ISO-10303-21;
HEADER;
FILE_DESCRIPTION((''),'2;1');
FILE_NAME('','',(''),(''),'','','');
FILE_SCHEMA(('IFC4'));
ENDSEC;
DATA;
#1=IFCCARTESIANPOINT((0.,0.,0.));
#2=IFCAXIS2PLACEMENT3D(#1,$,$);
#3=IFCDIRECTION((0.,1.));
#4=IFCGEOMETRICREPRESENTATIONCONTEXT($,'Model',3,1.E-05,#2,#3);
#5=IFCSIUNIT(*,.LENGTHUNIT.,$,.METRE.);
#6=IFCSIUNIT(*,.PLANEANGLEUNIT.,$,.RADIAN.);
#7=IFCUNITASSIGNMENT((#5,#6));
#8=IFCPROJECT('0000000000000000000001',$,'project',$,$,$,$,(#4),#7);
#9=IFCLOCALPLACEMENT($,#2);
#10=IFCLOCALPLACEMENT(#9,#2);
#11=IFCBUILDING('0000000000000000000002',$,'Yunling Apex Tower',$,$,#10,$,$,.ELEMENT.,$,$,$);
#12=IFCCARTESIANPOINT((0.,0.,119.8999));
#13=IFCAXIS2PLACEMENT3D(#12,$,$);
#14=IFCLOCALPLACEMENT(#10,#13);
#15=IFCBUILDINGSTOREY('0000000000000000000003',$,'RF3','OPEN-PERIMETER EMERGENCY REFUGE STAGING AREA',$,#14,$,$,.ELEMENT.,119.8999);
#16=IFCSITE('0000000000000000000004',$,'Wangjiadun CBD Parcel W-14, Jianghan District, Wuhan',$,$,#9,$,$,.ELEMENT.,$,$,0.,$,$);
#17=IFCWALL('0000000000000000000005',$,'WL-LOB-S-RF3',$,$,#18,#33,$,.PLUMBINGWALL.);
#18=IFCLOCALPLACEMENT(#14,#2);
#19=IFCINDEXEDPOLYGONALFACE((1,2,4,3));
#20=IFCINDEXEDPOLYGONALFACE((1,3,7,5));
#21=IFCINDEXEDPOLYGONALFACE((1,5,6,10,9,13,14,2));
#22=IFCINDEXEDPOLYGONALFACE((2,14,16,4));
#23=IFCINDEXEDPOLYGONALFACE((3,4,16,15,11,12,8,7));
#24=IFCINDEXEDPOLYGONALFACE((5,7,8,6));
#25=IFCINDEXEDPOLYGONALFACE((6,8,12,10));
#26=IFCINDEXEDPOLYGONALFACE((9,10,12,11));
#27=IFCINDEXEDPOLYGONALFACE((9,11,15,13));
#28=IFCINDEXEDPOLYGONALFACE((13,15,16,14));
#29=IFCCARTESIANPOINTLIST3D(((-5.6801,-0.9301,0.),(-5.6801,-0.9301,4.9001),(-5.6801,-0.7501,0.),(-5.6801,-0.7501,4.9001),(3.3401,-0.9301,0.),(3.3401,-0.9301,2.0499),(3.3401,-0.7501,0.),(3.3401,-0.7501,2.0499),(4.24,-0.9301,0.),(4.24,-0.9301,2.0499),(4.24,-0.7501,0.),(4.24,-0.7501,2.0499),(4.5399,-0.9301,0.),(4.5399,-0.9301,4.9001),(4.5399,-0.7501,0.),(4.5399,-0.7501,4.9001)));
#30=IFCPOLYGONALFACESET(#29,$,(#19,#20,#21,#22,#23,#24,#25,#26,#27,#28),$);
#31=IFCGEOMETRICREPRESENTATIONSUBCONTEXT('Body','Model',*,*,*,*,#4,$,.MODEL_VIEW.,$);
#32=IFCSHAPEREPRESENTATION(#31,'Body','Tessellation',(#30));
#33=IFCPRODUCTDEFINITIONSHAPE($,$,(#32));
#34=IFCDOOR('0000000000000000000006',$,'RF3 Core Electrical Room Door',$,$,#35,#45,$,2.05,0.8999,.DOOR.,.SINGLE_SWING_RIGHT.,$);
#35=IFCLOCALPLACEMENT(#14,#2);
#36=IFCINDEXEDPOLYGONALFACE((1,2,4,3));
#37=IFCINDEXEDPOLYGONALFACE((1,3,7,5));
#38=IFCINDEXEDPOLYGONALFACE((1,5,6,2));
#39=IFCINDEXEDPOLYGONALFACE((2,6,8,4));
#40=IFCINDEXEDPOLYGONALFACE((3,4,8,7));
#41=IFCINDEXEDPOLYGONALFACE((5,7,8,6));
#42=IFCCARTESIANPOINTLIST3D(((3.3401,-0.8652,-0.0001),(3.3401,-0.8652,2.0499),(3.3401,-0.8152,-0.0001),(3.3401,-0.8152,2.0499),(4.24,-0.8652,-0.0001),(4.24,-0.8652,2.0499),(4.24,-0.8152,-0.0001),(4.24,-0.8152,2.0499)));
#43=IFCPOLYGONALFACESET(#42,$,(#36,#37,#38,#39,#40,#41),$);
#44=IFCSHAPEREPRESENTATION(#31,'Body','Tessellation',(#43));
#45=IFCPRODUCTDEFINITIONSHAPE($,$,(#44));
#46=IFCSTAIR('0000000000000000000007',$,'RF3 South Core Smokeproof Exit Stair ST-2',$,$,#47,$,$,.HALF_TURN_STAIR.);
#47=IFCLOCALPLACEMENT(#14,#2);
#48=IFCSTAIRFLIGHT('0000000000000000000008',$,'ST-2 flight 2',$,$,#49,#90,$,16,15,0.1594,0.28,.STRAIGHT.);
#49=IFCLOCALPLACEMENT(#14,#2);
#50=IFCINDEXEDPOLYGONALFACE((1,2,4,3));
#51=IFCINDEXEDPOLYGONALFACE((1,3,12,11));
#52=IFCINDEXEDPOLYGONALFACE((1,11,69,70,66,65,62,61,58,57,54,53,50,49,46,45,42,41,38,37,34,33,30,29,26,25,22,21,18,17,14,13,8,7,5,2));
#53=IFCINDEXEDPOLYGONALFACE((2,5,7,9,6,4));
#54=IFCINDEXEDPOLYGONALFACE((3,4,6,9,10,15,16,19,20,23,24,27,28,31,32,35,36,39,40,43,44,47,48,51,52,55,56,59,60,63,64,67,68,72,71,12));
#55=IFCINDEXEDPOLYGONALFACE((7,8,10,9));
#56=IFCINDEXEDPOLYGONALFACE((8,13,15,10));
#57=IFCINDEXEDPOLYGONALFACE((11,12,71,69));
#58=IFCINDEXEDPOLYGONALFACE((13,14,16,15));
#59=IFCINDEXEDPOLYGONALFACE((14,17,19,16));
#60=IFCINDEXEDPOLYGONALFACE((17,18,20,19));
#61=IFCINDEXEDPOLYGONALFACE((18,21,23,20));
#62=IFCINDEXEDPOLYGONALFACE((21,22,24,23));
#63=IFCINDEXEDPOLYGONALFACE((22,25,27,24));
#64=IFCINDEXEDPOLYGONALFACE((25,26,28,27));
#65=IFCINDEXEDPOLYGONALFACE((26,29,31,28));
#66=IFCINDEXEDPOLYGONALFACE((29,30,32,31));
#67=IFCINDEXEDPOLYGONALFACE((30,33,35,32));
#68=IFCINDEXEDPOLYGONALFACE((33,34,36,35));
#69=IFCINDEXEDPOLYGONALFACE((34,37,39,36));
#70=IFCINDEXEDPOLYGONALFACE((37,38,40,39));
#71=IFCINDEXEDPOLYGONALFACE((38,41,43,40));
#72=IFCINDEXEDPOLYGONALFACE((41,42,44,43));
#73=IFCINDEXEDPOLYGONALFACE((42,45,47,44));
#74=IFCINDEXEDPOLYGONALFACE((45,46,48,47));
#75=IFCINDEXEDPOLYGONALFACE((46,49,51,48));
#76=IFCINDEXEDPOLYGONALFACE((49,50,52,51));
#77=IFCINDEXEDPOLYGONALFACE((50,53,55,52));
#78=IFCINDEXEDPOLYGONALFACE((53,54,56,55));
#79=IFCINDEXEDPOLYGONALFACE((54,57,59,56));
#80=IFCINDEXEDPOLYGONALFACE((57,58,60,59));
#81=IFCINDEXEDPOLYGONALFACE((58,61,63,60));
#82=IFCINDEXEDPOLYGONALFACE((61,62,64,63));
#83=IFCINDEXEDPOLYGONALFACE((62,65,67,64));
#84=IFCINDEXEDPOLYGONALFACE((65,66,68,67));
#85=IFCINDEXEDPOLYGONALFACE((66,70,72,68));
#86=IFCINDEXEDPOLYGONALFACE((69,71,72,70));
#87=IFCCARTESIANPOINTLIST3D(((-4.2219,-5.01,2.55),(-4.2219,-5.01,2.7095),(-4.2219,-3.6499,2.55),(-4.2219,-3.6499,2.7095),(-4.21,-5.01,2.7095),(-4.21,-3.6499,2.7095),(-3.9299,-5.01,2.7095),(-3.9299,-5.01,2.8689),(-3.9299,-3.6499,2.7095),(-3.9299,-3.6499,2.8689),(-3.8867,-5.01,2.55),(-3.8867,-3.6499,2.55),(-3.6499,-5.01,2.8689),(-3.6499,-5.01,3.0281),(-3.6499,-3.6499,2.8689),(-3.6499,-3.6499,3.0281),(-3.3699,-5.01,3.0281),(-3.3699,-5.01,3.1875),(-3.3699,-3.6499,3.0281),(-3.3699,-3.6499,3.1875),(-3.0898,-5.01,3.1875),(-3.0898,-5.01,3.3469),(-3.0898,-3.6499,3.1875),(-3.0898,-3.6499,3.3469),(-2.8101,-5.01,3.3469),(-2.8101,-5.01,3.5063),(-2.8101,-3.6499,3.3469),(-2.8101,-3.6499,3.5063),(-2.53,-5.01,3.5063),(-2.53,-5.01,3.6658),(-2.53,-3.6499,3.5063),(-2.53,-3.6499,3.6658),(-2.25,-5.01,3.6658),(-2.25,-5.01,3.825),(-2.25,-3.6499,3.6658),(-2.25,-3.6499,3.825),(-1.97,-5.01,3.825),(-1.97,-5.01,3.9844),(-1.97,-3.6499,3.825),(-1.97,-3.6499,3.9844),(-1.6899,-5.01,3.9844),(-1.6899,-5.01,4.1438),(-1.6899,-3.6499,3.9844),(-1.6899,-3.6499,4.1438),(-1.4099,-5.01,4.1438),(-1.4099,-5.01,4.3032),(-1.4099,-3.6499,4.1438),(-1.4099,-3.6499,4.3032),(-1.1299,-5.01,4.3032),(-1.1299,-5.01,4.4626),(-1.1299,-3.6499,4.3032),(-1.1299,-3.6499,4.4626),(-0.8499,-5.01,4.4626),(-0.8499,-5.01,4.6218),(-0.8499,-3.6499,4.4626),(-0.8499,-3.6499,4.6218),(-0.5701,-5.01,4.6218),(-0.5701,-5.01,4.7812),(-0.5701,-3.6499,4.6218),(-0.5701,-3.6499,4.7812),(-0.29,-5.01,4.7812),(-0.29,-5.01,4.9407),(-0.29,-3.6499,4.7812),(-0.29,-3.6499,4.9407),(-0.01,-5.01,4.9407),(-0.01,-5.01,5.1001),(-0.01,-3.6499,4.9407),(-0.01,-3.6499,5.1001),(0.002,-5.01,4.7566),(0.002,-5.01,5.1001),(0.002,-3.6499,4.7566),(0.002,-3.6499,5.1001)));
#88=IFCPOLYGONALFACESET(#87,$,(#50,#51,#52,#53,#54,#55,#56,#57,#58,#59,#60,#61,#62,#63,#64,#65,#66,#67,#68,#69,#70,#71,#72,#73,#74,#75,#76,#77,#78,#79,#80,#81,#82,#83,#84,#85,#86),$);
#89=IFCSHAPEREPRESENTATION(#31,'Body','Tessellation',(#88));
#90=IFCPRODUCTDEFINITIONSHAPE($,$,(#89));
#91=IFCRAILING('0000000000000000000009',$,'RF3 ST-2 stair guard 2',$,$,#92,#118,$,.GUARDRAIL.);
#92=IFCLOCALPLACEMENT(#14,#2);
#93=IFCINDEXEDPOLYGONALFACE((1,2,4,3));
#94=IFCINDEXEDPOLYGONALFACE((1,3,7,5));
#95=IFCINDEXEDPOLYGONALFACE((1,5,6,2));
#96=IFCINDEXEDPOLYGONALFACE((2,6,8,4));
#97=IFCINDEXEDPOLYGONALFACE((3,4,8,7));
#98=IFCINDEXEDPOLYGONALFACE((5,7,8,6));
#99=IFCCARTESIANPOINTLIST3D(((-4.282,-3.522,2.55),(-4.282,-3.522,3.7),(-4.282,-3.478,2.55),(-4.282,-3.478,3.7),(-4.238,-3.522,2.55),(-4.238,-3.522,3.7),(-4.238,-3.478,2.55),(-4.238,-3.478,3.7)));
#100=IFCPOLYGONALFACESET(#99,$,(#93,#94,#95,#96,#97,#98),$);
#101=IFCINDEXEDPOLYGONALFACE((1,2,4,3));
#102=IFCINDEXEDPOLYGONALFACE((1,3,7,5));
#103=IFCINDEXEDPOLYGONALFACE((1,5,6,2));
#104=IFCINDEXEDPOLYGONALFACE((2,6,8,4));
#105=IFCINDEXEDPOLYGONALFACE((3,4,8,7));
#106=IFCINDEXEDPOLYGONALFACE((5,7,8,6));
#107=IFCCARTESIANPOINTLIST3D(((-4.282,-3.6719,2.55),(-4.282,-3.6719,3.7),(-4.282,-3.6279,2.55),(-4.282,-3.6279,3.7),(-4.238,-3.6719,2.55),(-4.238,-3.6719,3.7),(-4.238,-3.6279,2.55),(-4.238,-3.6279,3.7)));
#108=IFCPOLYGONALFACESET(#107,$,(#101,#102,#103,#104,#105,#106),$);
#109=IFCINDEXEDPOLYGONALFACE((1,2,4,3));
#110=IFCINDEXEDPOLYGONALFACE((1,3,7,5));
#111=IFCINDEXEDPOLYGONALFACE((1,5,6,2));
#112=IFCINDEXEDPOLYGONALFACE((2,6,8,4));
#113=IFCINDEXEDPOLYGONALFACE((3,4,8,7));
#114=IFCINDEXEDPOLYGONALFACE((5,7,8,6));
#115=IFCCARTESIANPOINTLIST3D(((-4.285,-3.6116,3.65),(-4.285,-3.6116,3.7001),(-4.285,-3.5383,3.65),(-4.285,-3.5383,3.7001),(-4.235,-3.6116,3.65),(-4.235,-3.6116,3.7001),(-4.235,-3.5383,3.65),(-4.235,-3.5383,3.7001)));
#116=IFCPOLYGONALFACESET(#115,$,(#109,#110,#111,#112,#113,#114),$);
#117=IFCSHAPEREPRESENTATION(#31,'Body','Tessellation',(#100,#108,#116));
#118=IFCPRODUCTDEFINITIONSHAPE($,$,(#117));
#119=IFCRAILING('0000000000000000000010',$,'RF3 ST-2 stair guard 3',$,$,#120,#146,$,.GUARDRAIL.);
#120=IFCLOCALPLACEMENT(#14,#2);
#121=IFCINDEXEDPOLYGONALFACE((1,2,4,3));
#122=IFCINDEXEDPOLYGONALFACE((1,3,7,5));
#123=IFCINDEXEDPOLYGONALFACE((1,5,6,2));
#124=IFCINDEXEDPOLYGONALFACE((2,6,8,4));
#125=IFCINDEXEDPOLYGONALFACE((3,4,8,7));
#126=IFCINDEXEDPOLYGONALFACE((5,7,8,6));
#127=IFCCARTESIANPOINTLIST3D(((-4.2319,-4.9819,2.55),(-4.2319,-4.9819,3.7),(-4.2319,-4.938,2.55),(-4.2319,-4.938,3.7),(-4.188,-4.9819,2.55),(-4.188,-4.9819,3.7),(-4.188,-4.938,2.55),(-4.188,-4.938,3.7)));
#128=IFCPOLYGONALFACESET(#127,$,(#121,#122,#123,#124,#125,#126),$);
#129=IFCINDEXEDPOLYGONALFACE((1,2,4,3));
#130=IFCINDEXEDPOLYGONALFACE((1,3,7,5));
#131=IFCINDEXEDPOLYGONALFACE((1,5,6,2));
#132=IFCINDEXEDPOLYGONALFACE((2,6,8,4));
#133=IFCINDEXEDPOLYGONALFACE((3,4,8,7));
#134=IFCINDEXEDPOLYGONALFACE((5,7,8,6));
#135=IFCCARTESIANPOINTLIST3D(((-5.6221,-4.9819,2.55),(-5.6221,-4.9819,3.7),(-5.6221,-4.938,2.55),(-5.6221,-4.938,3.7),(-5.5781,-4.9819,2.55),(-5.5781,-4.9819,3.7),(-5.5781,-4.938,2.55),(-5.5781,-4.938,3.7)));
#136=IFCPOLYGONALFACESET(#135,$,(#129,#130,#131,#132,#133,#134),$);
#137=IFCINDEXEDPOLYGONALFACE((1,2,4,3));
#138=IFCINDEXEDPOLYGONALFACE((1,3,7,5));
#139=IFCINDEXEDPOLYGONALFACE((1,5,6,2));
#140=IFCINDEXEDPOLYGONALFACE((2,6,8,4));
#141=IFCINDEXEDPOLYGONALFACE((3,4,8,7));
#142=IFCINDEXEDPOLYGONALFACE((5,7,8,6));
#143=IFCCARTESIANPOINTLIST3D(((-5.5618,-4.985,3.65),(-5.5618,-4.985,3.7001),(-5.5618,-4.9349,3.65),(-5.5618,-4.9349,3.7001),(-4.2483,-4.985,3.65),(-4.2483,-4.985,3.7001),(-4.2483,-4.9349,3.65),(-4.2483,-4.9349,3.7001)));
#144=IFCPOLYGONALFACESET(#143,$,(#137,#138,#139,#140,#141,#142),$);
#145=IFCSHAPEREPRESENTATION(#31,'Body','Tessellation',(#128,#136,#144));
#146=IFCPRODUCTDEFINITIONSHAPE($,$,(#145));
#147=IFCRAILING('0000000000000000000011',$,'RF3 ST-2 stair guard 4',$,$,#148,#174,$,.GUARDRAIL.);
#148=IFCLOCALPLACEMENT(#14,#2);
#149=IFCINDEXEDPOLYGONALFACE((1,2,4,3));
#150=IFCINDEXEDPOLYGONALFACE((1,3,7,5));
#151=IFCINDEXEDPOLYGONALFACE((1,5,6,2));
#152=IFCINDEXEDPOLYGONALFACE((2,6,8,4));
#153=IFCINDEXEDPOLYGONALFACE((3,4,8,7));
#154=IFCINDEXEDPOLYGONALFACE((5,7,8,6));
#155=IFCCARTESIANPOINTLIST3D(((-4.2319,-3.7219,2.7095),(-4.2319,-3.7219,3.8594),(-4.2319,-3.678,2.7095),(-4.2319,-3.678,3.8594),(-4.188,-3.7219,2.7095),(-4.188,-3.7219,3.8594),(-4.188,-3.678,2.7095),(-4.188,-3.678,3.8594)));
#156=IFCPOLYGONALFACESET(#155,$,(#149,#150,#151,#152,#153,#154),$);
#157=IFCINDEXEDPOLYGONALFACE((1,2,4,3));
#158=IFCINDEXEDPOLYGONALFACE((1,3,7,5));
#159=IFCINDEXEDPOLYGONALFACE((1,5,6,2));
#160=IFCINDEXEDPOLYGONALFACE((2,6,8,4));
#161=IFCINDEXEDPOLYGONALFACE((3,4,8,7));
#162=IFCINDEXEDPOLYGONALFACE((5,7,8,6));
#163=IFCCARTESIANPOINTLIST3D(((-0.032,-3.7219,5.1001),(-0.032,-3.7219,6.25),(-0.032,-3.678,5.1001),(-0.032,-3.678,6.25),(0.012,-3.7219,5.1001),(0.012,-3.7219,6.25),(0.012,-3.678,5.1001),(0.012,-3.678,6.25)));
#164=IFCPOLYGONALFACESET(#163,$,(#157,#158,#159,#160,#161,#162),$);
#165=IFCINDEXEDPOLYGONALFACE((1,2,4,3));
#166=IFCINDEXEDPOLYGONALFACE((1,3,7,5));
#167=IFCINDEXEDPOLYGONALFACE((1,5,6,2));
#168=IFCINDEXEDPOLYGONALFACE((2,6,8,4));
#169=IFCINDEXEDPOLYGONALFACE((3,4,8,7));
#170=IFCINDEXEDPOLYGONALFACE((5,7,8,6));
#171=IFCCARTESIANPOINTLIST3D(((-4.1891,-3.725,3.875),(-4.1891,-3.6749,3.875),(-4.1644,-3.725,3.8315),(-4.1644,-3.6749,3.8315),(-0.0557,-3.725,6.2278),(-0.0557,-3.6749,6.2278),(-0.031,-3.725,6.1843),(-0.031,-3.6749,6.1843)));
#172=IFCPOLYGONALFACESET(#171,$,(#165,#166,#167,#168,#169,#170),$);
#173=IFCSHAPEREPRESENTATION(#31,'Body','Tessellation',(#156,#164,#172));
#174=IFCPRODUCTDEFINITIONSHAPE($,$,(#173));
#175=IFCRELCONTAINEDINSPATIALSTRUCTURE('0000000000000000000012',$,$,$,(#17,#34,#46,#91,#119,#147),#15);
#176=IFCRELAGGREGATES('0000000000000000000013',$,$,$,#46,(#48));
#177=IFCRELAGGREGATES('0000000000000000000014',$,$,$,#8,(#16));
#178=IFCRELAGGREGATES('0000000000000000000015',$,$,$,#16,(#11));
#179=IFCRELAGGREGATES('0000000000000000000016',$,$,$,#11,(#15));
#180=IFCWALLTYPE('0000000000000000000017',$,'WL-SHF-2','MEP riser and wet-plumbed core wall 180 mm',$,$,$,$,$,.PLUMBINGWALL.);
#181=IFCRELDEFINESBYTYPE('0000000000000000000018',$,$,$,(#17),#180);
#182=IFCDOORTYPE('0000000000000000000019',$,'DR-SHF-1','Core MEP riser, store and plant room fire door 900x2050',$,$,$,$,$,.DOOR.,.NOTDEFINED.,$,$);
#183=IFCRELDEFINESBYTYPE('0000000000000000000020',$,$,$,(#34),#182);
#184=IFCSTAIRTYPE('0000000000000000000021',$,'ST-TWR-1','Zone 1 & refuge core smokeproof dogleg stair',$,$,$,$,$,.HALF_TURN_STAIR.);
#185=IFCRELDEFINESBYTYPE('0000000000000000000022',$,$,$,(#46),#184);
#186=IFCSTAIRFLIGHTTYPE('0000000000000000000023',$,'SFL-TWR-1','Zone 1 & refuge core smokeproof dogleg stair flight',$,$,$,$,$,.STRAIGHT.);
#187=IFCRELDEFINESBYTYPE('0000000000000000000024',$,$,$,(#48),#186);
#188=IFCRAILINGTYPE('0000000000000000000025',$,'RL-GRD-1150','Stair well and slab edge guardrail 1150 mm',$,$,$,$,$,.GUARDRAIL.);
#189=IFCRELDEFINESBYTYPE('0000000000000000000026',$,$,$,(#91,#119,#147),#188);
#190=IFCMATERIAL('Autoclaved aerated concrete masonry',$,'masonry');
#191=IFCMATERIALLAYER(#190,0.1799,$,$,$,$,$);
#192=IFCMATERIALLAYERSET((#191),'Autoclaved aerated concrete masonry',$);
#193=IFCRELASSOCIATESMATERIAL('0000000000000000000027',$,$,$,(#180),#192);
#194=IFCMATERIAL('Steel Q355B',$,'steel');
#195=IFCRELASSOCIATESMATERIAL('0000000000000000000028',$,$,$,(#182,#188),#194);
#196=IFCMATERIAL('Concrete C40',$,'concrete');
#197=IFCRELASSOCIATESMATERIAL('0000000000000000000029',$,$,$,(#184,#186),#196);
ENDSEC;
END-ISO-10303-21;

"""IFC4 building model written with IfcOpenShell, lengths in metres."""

from ifc_helpers import new_model, si_unit, direction, frame, frame_2d, origin, origin_2d, place, context, subcontext, project, spatial, polyline, rectangle, outline, extrude, material, layer, layer_set, type_object, element, fill, aggregate, save


model = new_model("IFC4")

# Units and contexts
model_context = context("Model", 3, precision=1e-05, world=origin(), true_north=direction((0.0, 1.0)))
body_context = subcontext(model_context, "Body", "Model", "MODEL_VIEW")
ifc_project = project(units=[si_unit("LENGTHUNIT", "METRE"), si_unit("PLANEANGLEUNIT", "RADIAN")], contexts=[model_context])

# Site, building, storey
site_placement = place(None, origin())
site = spatial("IfcSite", under=ifc_project, at=site_placement, Name="Wangjiadun CBD Parcel W-14, Jianghan District, Wuhan", CompositionType="ELEMENT", RefElevation=0.0)
building_placement = place(site_placement, origin())
building = spatial("IfcBuilding", under=site, at=building_placement, Name="Yunling Apex Tower", CompositionType="ELEMENT")
storey_placement = place(building_placement, frame((0.0, 0.0, 119.8999)))
storey = spatial("IfcBuildingStorey", under=building, at=storey_placement, Name="RF3", Description="OPEN-PERIMETER EMERGENCY REFUGE STAGING AREA", CompositionType="ELEMENT", Elevation=119.8999)

# Shared definitions
ifc_material_1 = material(Name="Steel Q355B", Category="steel")

# Shared definitions
ifc_material_2 = material(Name="Concrete C40", Category="concrete")

# Shared definitions
ifc_material_3 = material(Name="Autoclaved aerated concrete masonry", Category="masonry")

# Shared definitions
ifc_layer_1 = layer(ifc_material_3, 0.1799)
ifc_layer_set_1 = layer_set([ifc_layer_1], Name="Autoclaved aerated concrete masonry")
wall_type_1 = type_object("IfcWallType", Name="WL-SHF-2", Description="MEP riser and wet-plumbed core wall 180 mm", PredefinedType="PLUMBINGWALL", material=ifc_layer_set_1)

# Wall, opening, door
wall_1_placement = place(storey_placement, frame((-5.6799, -0.8401, 0.0), z_axis=(0.0, 0.0, 1.0), x_axis=(1.0, 0.0, 0.0)))
wall_1 = element("IfcWall", 1, at=wall_1_placement, inside=storey, type_object=wall_type_1, Name="WL-LOB-S-RF3", PredefinedType="PLUMBINGWALL", context=body_context, shape_type="SweptSolid", body=[
    extrude(rectangle(XDim=10.22, YDim=0.1799, at=frame_2d((5.1099, 0.0))), origin(), (0.0, 0.0, 1.0), 4.9001),
])
opening_1_placement = place(wall_1_placement, frame((9.02, 0.0, 0.0)))
opening_1 = element("IfcOpeningElement", 2, at=opening_1_placement, cuts=wall_1, PredefinedType="OPENING", context=body_context, shape_type="SweptSolid", body=[
    extrude(rectangle(XDim=0.8999, YDim=2.05, at=frame_2d((0.45, 1.0249))), frame((0.0, 0.1001, 0.0), z_axis=(0.0, -1.0, 0.0), x_axis=(1.0, 0.0, 0.0)), (0.0, 0.0, 1.0), 0.2),
])
door_type_1 = type_object("IfcDoorType", Name="DR-SHF-1", Description="Core MEP riser, store and plant room fire door 900x2050", OperationType="NOTDEFINED", PredefinedType="DOOR", material=ifc_material_1)
door_1_placement = place(opening_1_placement, origin())
door_1 = element("IfcDoor", 3, at=door_1_placement, inside=storey, type_object=door_type_1, Name="RF3 Core Electrical Room Door", OperationType="SINGLE_SWING_RIGHT", OverallHeight=2.05, OverallWidth=0.8999, PredefinedType="DOOR", context=body_context, shape_type="SweptSolid", body=[
    extrude(rectangle(XDim=0.8999, YDim=2.05, at=frame_2d((0.45, 1.0249))), frame((0.0, 0.0249, 0.0), z_axis=(0.0, -1.0, 0.0), x_axis=(1.0, 0.0, 0.0)), (0.0, 0.0, 1.0), 0.05),
])
fill(opening_1, door_1)

# Stair, stair flight
stair_type = type_object("IfcStairType", Name="ST-TWR-1", Description="Zone 1 & refuge core smokeproof dogleg stair", PredefinedType="HALF_TURN_STAIR", material=ifc_material_2)
stair_placement = place(storey_placement, origin())
stair = element("IfcStair", 4, at=stair_placement, inside=storey, type_object=stair_type, Name="RF3 South Core Smokeproof Exit Stair ST-2", PredefinedType="HALF_TURN_STAIR")
stair_flight_type = type_object("IfcStairFlightType", Name="SFL-TWR-1", Description="Zone 1 & refuge core smokeproof dogleg stair flight", PredefinedType="STRAIGHT", material=ifc_material_2)
stair_flight_placement = place(storey_placement, frame((-4.21, -4.3301, 2.55), z_axis=(0.0, 0.0, 1.0), x_axis=(1.0, 0.0, 0.0)))
stair_flight = element("IfcStairFlight", 5, at=stair_flight_placement, type_object=stair_flight_type, Name="ST-2 flight 2", NumberOfRisers=16, NumberOfTreads=15, PredefinedType="STRAIGHT", RiserHeight=0.1594, TreadLength=0.28, context=body_context, shape_type="SweptSolid", body=[
    extrude(outline(polyline([(-0.012, 0.0), (-0.012, 0.1594), (0.0, 0.1594), (0.28, 0.1594), (0.28, 0.3188), (0.5601, 0.3188), (0.5601, 0.478), (0.8401, 0.478), (0.8401, 0.6375), (1.1201, 0.6375), (1.1201, 0.7969), (1.3999, 0.7969), (1.3999, 0.9563), (1.6799, 0.9563), (1.6799, 1.1157), (1.96, 1.1157), (1.96, 1.2749), (2.24, 1.2749), (2.24, 1.4343), (2.52, 1.4343), (2.52, 1.5938), (2.8, 1.5938), (2.8, 1.7532), (3.0801, 1.7532), (3.0801, 1.9126), (3.3601, 1.9126), (3.3601, 2.0718), (3.6399, 2.0718), (3.6399, 2.2312), (3.9199, 2.2312), (3.9199, 2.3906), (4.2, 2.3906), (4.2, 2.55), (4.2119, 2.55), (4.2119, 2.2065), (0.3232, 0.0), (-0.012, 0.0)])), frame((0.0, 0.6802, 0.0), z_axis=(0.0, -1.0, 0.0), x_axis=(1.0, 0.0, 0.0)), (0.0, 0.0, 1.0), 1.3601),
])
aggregate(stair, [stair_flight])

# Railings
railing_type_1 = type_object("IfcRailingType", Name="RL-GRD-1150", Description="Stair well and slab edge guardrail 1150 mm", PredefinedType="GUARDRAIL", material=ifc_material_1)
railing_1_placement = place(storey_placement, frame((-4.26, -3.5, 2.55)))
element("IfcRailing", 6, at=railing_1_placement, inside=storey, type_object=railing_type_1, Name="RF3 ST-2 stair guard 2", PredefinedType="GUARDRAIL", context=body_context, shape_type="SweptSolid", body=[
    extrude(rectangle(XDim=0.0439, YDim=0.0439, at=origin_2d()), origin(), (0.0, 0.0, 1.0), 1.1499),
    extrude(rectangle(XDim=0.0439, YDim=0.0439, at=origin_2d()), frame((0.0, -0.1499, 0.0)), (0.0, 0.0, 1.0), 1.1499),
    extrude(rectangle(XDim=0.05, YDim=0.05, at=origin_2d()), frame((0.0, -0.0383, 1.125), z_axis=(0.0, -1.0, 0.0), x_axis=(1.0, 0.0, 0.0)), (0.0, 0.0, 1.0), 0.0732),
])
railing_2_placement = place(storey_placement, frame((-4.21, -4.96, 2.55)))
element("IfcRailing", 7, at=railing_2_placement, inside=storey, type_object=railing_type_1, Name="RF3 ST-2 stair guard 3", PredefinedType="GUARDRAIL", context=body_context, shape_type="SweptSolid", body=[
    extrude(rectangle(XDim=0.0439, YDim=0.0439, at=origin_2d()), origin(), (0.0, 0.0, 1.0), 1.1499),
    extrude(rectangle(XDim=0.0439, YDim=0.0439, at=origin_2d()), frame((-1.3901, 0.0, 0.0)), (0.0, 0.0, 1.0), 1.1499),
    extrude(rectangle(XDim=0.05, YDim=0.05, at=origin_2d()), frame((-0.0383, 0.0, 1.125), z_axis=(-1.0, 0.0, 0.0), x_axis=(0.0, -1.0, 0.0)), (0.0, 0.0, 1.0), 1.3135),
])
railing_3_placement = place(storey_placement, frame((-4.21, -3.7, 2.7095)))
element("IfcRailing", 8, at=railing_3_placement, inside=storey, type_object=railing_type_1, Name="RF3 ST-2 stair guard 4", PredefinedType="GUARDRAIL", context=body_context, shape_type="SweptSolid", body=[
    extrude(rectangle(XDim=0.0439, YDim=0.0439, at=origin_2d()), origin(), (0.0, 0.0, 1.0), 1.1499),
    extrude(rectangle(XDim=0.0439, YDim=0.0439, at=origin_2d()), frame((4.2, 0.0, 2.3906)), (0.0, 0.0, 1.0), 1.1499),
    extrude(rectangle(XDim=0.05, YDim=0.05, at=origin_2d()), frame((0.0332, 0.0, 1.1438), z_axis=(0.869075, 0.0, 0.49468), x_axis=(0.0, 1.0, 0.0)), (0.0, 0.0, 1.0), 4.7561),
])

save(model, "model.ifc")
